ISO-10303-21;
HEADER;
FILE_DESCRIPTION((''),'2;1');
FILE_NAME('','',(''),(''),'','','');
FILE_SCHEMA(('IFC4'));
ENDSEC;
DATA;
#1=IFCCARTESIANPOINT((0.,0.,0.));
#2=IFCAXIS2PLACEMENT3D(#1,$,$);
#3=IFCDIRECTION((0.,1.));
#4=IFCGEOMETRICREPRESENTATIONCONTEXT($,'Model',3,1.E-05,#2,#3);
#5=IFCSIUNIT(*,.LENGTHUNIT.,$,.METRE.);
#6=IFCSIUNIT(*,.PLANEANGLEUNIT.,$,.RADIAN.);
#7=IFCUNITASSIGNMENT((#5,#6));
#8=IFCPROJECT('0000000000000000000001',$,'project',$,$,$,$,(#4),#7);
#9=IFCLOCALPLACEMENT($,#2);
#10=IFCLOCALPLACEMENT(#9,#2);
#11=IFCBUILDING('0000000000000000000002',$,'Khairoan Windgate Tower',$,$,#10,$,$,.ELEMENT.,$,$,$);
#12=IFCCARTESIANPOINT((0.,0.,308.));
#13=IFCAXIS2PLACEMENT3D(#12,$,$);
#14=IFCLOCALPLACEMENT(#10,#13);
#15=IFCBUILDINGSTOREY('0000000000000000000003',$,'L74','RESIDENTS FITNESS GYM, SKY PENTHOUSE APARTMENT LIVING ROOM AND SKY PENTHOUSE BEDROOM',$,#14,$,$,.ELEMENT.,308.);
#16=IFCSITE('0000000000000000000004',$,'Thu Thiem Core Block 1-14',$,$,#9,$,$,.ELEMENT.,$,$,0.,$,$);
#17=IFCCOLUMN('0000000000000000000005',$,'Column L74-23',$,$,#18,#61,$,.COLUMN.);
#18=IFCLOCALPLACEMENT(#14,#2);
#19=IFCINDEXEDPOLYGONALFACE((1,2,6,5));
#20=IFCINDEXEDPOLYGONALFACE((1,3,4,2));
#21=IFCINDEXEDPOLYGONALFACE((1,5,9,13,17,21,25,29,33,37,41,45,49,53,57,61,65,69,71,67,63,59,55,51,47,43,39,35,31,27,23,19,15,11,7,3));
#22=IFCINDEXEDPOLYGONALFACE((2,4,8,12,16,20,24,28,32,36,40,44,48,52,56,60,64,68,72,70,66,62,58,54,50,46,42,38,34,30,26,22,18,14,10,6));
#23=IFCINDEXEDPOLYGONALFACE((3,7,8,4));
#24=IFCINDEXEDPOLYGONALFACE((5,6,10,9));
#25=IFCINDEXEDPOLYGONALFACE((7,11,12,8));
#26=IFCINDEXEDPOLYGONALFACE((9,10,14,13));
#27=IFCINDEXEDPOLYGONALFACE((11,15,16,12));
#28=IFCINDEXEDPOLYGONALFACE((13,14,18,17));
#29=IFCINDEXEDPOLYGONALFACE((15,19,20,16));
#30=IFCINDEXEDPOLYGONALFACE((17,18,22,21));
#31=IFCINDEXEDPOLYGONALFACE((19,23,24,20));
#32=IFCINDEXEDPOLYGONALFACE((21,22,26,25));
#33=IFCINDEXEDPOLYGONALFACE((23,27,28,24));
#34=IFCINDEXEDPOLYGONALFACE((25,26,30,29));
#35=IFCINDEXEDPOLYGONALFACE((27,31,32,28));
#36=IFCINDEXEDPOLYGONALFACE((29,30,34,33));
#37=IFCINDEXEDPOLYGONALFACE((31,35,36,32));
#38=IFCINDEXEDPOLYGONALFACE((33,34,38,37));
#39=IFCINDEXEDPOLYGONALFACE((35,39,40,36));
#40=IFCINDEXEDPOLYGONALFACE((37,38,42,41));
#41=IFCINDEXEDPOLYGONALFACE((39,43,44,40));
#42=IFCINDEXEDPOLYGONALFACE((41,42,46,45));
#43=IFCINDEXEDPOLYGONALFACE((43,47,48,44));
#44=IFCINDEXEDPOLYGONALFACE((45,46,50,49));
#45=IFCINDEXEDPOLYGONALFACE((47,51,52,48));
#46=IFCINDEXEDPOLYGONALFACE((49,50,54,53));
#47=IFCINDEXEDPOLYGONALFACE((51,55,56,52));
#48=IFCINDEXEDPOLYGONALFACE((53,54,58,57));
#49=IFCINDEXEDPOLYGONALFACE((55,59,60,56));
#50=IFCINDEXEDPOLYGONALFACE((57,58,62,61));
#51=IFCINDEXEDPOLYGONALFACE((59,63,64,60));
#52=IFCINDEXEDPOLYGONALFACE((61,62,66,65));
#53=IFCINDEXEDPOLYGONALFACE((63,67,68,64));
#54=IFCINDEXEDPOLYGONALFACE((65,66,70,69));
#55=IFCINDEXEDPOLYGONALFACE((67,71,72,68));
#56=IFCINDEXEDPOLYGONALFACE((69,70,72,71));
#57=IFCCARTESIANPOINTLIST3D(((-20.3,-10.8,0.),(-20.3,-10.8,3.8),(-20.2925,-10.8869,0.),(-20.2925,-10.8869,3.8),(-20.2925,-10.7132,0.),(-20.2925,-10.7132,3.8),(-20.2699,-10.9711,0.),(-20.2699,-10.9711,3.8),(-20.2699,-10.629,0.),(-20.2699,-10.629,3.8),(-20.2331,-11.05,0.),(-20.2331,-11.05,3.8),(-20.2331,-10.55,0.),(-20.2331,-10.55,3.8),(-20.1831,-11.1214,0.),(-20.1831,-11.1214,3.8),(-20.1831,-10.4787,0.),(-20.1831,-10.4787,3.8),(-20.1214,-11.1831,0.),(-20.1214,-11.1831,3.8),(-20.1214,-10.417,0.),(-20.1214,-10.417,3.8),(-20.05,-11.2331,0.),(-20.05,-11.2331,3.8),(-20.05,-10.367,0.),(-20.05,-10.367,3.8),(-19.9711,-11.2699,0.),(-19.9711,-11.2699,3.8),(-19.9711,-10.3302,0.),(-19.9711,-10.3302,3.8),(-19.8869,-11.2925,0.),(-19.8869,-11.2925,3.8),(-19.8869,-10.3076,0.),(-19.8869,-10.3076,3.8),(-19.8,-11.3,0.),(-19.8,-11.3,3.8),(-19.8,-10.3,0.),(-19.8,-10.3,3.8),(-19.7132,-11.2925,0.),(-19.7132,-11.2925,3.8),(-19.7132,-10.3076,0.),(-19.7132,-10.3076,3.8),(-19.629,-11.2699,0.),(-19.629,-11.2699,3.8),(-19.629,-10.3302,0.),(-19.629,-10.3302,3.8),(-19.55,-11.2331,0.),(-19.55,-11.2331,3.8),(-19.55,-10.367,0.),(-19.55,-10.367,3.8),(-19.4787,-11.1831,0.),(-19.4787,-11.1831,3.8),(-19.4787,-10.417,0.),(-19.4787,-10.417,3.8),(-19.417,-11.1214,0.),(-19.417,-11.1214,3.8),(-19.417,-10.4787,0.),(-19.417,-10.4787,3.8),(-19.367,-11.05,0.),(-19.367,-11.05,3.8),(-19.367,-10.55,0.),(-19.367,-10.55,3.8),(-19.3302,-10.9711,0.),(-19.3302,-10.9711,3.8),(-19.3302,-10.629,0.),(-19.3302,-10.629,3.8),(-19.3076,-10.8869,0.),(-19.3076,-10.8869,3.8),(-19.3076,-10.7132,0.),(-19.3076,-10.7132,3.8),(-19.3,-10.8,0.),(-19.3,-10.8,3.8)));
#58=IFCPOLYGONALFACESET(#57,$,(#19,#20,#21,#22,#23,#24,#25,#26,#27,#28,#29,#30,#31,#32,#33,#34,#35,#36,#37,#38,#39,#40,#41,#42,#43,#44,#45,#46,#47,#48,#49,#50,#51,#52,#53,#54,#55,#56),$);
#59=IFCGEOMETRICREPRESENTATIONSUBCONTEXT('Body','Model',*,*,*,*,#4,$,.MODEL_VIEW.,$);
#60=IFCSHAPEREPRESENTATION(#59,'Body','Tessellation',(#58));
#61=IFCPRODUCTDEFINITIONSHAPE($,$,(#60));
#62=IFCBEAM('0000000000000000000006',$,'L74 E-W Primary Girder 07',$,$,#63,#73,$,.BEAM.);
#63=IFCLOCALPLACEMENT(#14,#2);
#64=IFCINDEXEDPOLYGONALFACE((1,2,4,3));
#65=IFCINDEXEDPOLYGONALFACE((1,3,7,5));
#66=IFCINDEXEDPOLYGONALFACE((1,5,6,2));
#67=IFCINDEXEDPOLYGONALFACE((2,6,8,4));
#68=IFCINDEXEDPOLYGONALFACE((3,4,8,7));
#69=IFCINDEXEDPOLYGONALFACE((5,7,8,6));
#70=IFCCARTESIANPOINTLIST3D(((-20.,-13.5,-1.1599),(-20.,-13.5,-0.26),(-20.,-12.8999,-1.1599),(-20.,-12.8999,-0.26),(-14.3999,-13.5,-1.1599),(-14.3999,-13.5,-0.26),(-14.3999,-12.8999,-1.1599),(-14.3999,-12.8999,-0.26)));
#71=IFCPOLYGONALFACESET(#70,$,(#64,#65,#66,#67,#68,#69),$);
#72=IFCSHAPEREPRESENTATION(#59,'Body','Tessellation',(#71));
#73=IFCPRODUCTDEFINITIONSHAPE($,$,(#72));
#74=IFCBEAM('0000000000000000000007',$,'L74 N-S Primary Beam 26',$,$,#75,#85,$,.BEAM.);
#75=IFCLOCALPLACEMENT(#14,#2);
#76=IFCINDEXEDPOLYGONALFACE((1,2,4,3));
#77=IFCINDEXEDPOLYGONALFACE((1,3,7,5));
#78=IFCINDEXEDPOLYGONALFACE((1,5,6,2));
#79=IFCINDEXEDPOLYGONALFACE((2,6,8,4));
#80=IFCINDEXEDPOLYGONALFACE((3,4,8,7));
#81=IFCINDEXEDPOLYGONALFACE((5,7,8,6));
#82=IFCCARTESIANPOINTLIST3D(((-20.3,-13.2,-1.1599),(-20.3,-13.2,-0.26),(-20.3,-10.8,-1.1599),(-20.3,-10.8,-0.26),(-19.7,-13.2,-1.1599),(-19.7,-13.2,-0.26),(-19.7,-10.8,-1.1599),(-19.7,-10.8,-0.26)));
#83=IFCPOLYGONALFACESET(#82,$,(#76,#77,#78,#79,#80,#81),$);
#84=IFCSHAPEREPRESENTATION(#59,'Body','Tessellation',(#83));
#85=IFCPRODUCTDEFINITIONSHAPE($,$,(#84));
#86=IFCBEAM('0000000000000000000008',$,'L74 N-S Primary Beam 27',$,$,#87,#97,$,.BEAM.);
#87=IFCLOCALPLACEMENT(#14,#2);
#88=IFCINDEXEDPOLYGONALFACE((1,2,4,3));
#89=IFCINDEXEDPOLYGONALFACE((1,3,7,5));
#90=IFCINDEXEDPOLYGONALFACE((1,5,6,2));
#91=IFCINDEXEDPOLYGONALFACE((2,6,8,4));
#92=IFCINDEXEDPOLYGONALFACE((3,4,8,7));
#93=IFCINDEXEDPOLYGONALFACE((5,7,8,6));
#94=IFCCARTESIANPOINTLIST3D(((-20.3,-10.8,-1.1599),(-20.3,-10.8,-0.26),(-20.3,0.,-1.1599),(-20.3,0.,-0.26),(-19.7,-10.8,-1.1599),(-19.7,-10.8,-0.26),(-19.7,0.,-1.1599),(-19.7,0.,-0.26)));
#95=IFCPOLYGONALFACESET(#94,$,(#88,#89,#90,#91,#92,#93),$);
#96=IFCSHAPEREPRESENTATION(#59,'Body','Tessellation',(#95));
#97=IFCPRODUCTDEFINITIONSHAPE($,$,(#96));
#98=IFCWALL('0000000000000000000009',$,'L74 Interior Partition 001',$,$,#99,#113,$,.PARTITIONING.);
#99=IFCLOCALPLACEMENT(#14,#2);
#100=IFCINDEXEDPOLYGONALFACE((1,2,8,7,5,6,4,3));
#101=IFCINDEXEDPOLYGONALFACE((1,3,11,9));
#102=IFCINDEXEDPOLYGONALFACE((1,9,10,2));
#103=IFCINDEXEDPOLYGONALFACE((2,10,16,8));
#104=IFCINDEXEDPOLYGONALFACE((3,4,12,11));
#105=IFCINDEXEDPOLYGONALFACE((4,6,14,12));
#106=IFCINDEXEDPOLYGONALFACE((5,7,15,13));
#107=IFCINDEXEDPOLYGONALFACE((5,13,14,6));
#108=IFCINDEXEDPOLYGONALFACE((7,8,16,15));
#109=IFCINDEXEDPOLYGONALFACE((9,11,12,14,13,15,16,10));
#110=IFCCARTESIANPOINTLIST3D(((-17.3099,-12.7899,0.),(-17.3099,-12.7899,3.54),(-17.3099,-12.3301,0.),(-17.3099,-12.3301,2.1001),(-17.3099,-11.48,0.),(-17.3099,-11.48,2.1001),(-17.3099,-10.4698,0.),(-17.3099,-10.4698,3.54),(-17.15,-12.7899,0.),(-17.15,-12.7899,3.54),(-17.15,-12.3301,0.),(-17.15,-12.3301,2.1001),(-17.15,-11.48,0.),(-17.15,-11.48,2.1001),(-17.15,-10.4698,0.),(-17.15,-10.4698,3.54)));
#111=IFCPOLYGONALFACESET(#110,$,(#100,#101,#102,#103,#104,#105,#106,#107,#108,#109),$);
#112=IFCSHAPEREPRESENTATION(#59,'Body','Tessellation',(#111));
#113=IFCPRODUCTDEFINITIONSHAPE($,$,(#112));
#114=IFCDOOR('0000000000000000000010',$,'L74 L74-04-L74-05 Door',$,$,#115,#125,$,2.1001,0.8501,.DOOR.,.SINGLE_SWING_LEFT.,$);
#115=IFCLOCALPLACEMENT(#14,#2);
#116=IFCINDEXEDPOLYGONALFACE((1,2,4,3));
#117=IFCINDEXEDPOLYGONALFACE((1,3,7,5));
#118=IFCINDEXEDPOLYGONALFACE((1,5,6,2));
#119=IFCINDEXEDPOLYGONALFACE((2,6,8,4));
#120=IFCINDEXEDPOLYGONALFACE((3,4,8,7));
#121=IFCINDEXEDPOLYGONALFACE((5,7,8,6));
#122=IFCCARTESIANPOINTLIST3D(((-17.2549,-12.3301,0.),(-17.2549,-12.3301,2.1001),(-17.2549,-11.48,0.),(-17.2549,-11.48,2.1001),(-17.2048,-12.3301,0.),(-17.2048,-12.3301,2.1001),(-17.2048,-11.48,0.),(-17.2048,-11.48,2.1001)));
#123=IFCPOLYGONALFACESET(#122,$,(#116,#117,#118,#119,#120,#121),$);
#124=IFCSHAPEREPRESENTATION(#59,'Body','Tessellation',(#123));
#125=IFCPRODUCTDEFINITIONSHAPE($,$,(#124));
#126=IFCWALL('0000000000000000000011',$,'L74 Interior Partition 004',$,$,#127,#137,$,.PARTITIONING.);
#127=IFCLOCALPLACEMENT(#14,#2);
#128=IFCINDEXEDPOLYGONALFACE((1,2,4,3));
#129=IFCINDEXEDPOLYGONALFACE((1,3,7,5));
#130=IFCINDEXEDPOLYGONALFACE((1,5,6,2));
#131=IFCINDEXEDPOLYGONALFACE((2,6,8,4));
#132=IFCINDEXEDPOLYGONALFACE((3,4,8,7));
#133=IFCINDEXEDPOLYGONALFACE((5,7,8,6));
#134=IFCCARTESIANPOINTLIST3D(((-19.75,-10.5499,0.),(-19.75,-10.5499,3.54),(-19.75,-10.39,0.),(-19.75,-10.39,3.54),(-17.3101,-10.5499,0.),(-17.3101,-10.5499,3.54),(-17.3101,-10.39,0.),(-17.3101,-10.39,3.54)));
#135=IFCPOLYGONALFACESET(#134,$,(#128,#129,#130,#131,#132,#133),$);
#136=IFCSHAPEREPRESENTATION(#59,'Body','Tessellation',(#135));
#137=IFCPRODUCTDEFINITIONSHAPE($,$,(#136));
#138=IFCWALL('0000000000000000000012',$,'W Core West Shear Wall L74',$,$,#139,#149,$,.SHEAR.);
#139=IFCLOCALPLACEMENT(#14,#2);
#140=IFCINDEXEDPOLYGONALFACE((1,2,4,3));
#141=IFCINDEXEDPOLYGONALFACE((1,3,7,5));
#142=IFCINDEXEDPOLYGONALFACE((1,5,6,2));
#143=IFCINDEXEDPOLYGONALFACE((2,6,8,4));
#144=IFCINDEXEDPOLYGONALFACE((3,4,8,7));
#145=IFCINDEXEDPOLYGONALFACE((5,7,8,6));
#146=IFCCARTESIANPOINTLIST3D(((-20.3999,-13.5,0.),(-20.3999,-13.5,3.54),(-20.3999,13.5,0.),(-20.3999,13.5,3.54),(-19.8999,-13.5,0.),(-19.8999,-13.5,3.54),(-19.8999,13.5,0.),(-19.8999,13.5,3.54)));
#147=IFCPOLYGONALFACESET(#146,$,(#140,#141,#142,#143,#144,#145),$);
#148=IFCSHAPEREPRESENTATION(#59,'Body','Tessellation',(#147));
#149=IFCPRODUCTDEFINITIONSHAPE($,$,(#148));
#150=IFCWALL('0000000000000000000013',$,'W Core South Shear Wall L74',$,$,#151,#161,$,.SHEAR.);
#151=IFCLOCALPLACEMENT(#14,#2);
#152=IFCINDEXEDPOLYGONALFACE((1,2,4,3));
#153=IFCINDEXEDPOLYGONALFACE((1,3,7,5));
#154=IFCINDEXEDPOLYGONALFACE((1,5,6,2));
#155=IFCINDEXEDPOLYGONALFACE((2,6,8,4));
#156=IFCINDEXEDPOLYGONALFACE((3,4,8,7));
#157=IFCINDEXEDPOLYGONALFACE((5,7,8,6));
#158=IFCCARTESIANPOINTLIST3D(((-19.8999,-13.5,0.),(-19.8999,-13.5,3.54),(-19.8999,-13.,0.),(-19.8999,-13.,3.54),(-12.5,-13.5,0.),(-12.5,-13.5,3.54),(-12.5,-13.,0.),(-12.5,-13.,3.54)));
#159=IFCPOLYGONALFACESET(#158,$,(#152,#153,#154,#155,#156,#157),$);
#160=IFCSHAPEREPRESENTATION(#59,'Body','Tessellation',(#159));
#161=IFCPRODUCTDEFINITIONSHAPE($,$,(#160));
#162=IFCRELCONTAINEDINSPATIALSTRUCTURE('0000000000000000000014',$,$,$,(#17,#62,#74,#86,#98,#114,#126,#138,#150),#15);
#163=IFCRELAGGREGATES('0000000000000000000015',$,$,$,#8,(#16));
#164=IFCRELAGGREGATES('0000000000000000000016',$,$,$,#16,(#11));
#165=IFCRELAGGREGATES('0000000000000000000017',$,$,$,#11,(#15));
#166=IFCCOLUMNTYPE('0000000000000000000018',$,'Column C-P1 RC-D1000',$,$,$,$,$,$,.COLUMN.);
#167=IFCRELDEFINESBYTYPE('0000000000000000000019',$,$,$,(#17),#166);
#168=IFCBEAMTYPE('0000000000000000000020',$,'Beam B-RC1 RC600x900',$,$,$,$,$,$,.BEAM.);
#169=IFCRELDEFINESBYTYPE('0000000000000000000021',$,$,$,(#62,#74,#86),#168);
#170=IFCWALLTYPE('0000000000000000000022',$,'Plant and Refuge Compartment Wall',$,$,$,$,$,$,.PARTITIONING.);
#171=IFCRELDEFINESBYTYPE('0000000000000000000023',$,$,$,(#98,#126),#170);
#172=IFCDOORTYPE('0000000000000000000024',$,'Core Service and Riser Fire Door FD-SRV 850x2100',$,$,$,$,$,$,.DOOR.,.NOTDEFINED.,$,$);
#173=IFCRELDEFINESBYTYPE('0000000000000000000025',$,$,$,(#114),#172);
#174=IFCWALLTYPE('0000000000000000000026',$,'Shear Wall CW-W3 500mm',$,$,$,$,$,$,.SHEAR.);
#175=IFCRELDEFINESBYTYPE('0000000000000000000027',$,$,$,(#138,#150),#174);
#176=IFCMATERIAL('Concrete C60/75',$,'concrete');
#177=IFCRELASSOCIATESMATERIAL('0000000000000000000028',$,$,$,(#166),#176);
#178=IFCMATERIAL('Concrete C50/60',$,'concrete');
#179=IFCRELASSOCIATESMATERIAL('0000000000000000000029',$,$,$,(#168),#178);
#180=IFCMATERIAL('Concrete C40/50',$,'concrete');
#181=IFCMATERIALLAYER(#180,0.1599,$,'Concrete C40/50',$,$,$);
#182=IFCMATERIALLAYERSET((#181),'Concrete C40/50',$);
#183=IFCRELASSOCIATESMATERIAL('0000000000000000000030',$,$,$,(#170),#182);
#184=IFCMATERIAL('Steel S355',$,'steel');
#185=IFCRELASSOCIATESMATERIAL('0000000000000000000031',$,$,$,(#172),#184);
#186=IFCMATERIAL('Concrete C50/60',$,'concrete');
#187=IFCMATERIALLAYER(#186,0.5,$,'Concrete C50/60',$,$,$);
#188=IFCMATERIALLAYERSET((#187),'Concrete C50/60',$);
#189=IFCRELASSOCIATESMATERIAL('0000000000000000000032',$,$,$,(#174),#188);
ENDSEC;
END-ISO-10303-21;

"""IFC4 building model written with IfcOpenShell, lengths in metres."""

from ifc_helpers import new_model, si_unit, direction, frame, frame_2d, origin, origin_2d, place, context, subcontext, project, spatial, rectangle, circle, extrude, material, layer, layer_set, material_profile, profile_set, type_object, element, fill, save


model = new_model("IFC4")

# Units and contexts
model_context = context("Model", 3, precision=1e-05, world=origin(), true_north=direction((0.0, 1.0)))
body_context = subcontext(model_context, "Body", "Model", "MODEL_VIEW")
ifc_project = project(units=[si_unit("LENGTHUNIT", "METRE"), si_unit("PLANEANGLEUNIT", "RADIAN")], contexts=[model_context])

# Site, building, storey
site_placement = place(None, origin())
site = spatial("IfcSite", under=ifc_project, at=site_placement, Name="Thu Thiem Core Block 1-14", CompositionType="ELEMENT", RefElevation=0.0)
building_placement = place(site_placement, origin())
building = spatial("IfcBuilding", under=site, at=building_placement, Name="Khairoan Windgate Tower", CompositionType="ELEMENT")
storey_placement = place(building_placement, frame((0.0, 0.0, 308.0)))
storey = spatial("IfcBuildingStorey", under=building, at=storey_placement, Name="L74", Description="RESIDENTS FITNESS GYM, SKY PENTHOUSE APARTMENT LIVING ROOM AND SKY PENTHOUSE BEDROOM", CompositionType="ELEMENT", Elevation=308.0)

# Column
ifc_material_1 = material(Name="Concrete C60/75", Category="concrete")
ifc_material_profile_1 = material_profile(ifc_material_1, circle(Radius=0.5, at=origin_2d()))
ifc_profile_set_1 = profile_set([ifc_material_profile_1], Name="Concrete C60/75")
column_type = type_object("IfcColumnType", Name="Column C-P1 RC-D1000", PredefinedType="COLUMN", material=ifc_profile_set_1)
column_placement = place(storey_placement, frame((-19.8, -10.8, 0.0), z_axis=(0.0, 0.0, 1.0), x_axis=(1.0, 0.0, 0.0)))
element("IfcColumn", 1, at=column_placement, inside=storey, type_object=column_type, Name="Column L74-23", PredefinedType="COLUMN", context=body_context, shape_type="SweptSolid", body=[
    extrude(circle(Radius=0.5, at=origin_2d()), origin(), (0.0, 0.0, 1.0), 3.8),
])

# Beams
ifc_material_2 = material(Name="Concrete C50/60", Category="concrete")
ifc_material_profile_2 = material_profile(ifc_material_2, rectangle(XDim=0.6001, YDim=0.8999, at=origin_2d()))
ifc_profile_set_2 = profile_set([ifc_material_profile_2], Name="Concrete C50/60")
beam_type = type_object("IfcBeamType", Name="Beam B-RC1 RC600x900", PredefinedType="BEAM", material=ifc_profile_set_2)
beam_1_placement = place(storey_placement, frame((-20.0, -13.2, -0.71), z_axis=(1.0, 0.0, 0.0), x_axis=(0.0, 1.0, 0.0)))
element("IfcBeam", 2, at=beam_1_placement, inside=storey, type_object=beam_type, Name="L74 E-W Primary Girder 07", PredefinedType="BEAM", context=body_context, shape_type="SweptSolid", body=[
    extrude(rectangle(XDim=0.6001, YDim=0.8999, at=origin_2d()), origin(), (0.0, 0.0, 1.0), 5.6001),
])
beam_2_placement = place(storey_placement, frame((-20.0, -13.2, -0.71), z_axis=(0.0, 1.0, 0.0), x_axis=(-1.0, 0.0, 0.0)))
element("IfcBeam", 3, at=beam_2_placement, inside=storey, type_object=beam_type, Name="L74 N-S Primary Beam 26", PredefinedType="BEAM", context=body_context, shape_type="SweptSolid", body=[
    extrude(rectangle(XDim=0.6001, YDim=0.8999, at=origin_2d()), origin(), (0.0, 0.0, 1.0), 2.3999),
])
beam_3_placement = place(storey_placement, frame((-20.0, -10.8, -0.71), z_axis=(0.0, 1.0, 0.0), x_axis=(-1.0, 0.0, 0.0)))
element("IfcBeam", 4, at=beam_3_placement, inside=storey, type_object=beam_type, Name="L74 N-S Primary Beam 27", PredefinedType="BEAM", context=body_context, shape_type="SweptSolid", body=[
    extrude(rectangle(XDim=0.6001, YDim=0.8999, at=origin_2d()), origin(), (0.0, 0.0, 1.0), 10.8),
])

# Wall, opening, door
ifc_material_3 = material(Name="Concrete C40/50", Category="concrete")
ifc_layer_1 = layer(ifc_material_3, 0.1599, Name="Concrete C40/50")
ifc_layer_set_1 = layer_set([ifc_layer_1], Name="Concrete C40/50")
wall_type_1 = type_object("IfcWallType", Name="Plant and Refuge Compartment Wall", PredefinedType="PARTITIONING", material=ifc_layer_set_1)
wall_1_placement = place(storey_placement, frame((-17.23, -12.79, 0.0), z_axis=(0.0, 0.0, 1.0), x_axis=(0.0, 1.0, 0.0)))
wall_1 = element("IfcWall", 5, at=wall_1_placement, inside=storey, type_object=wall_type_1, Name="L74 Interior Partition 001", PredefinedType="PARTITIONING", context=body_context, shape_type="SweptSolid", body=[
    extrude(rectangle(XDim=2.3201, YDim=0.1599, at=frame_2d((1.1602, 0.0))), origin(), (0.0, 0.0, 1.0), 3.54),
])
opening_placement = place(wall_1_placement, frame((0.46, 0.0, 0.0)))
opening = element("IfcOpeningElement", 6, at=opening_placement, cuts=wall_1, PredefinedType="OPENING", context=body_context, shape_type="SweptSolid", body=[
    extrude(rectangle(XDim=0.8501, YDim=2.1001, at=frame_2d((0.425, 1.05))), frame((0.0, 0.0898, 0.0), z_axis=(0.0, -1.0, 0.0), x_axis=(1.0, 0.0, 0.0)), (0.0, 0.0, 1.0), 0.1799),
])
ifc_material_4 = material(Name="Steel S355", Category="steel")
door_type = type_object("IfcDoorType", Name="Core Service and Riser Fire Door FD-SRV 850x2100", OperationType="NOTDEFINED", PredefinedType="DOOR", material=ifc_material_4)
door_placement = place(opening_placement, origin())
door = element("IfcDoor", 7, at=door_placement, inside=storey, type_object=door_type, Name="L74 L74-04-L74-05 Door", OperationType="SINGLE_SWING_LEFT", OverallHeight=2.1001, OverallWidth=0.8501, PredefinedType="DOOR", context=body_context, shape_type="SweptSolid", body=[
    extrude(rectangle(XDim=0.8501, YDim=2.1001, at=frame_2d((0.425, 1.05))), frame((0.0, 0.0249, 0.0), z_axis=(0.0, -1.0, 0.0), x_axis=(1.0, 0.0, 0.0)), (0.0, 0.0, 1.0), 0.05),
])
fill(opening, door)

# Walls
wall_2_placement = place(storey_placement, frame((-19.75, -10.47, 0.0), z_axis=(0.0, 0.0, 1.0), x_axis=(1.0, 0.0, 0.0)))
element("IfcWall", 8, at=wall_2_placement, inside=storey, type_object=wall_type_1, Name="L74 Interior Partition 004", PredefinedType="PARTITIONING", context=body_context, shape_type="SweptSolid", body=[
    extrude(rectangle(XDim=2.4399, YDim=0.1599, at=frame_2d((1.22, 0.0))), origin(), (0.0, 0.0, 1.0), 3.54),
])
ifc_material_5 = material(Name="Concrete C50/60", Category="concrete")
ifc_layer_2 = layer(ifc_material_5, 0.5, Name="Concrete C50/60")
ifc_layer_set_2 = layer_set([ifc_layer_2], Name="Concrete C50/60")
wall_type_2 = type_object("IfcWallType", Name="Shear Wall CW-W3 500mm", PredefinedType="SHEAR", material=ifc_layer_set_2)
wall_3_placement = place(storey_placement, frame((-20.1499, -13.5, 0.0), z_axis=(0.0, 0.0, 1.0), x_axis=(0.0, 1.0, 0.0)))
element("IfcWall", 9, at=wall_3_placement, inside=storey, type_object=wall_type_2, Name="W Core West Shear Wall L74", PredefinedType="SHEAR", context=body_context, shape_type="SweptSolid", body=[
    extrude(rectangle(XDim=27.0, YDim=0.5, at=frame_2d((13.5, 0.0))), origin(), (0.0, 0.0, 1.0), 3.54),
])
wall_4_placement = place(storey_placement, frame((-19.8999, -13.25, 0.0), z_axis=(0.0, 0.0, 1.0), x_axis=(1.0, 0.0, 0.0)))
element("IfcWall", 10, at=wall_4_placement, inside=storey, type_object=wall_type_2, Name="W Core South Shear Wall L74", PredefinedType="SHEAR", context=body_context, shape_type="SweptSolid", body=[
    extrude(rectangle(XDim=7.3999, YDim=0.5, at=frame_2d((3.7, 0.0))), origin(), (0.0, 0.0, 1.0), 3.54),
])

save(model, "model.ifc")
